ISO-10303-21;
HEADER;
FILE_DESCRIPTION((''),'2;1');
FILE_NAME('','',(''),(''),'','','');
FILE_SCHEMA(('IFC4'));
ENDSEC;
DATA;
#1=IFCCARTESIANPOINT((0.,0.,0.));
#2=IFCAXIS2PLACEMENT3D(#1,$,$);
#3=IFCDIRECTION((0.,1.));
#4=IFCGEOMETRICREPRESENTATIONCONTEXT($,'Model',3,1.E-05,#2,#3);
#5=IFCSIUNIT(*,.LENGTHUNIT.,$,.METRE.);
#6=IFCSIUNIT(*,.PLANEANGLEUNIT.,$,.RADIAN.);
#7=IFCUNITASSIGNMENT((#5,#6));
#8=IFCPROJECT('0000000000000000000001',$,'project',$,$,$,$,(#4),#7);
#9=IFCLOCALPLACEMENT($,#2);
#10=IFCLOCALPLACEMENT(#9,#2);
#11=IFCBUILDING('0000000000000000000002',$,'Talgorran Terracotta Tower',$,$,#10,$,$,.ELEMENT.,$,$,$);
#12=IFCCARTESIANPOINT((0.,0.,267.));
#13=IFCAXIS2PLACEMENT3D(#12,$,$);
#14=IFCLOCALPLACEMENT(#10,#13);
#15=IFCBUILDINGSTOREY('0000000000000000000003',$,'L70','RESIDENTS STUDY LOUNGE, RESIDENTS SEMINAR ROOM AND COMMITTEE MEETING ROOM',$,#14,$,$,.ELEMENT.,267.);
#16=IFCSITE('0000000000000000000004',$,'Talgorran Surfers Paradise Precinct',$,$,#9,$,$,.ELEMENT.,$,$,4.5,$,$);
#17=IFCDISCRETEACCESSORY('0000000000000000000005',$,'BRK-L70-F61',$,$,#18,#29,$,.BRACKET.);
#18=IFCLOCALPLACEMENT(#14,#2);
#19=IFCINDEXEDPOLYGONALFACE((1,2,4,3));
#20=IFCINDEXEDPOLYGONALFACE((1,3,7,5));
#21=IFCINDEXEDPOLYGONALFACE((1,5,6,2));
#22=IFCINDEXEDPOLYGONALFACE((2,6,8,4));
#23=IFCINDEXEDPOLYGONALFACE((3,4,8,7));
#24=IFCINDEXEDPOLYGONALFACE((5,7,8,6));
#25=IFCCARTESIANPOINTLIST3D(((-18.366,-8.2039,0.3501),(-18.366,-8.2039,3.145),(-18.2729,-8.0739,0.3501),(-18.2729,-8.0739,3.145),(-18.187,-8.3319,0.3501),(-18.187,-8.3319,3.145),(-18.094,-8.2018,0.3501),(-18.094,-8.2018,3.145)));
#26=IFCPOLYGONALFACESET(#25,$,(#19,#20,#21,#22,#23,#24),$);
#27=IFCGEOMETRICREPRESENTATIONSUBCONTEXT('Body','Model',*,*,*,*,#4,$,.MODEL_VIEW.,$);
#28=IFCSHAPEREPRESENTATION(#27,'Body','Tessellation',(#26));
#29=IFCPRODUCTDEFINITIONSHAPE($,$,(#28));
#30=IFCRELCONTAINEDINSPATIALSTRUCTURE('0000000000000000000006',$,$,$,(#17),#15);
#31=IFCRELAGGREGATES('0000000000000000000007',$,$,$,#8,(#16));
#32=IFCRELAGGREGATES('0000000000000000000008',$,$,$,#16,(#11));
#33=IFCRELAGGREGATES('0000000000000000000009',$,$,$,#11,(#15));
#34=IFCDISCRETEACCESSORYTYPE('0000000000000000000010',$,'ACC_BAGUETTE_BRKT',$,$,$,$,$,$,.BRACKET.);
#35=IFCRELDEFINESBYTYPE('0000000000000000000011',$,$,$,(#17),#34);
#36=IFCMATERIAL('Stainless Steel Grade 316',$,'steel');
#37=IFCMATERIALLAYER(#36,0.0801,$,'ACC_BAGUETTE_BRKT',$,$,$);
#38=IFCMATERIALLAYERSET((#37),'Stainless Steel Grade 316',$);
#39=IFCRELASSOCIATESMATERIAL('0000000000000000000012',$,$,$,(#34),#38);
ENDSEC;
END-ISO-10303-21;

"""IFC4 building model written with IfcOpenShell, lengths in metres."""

from ifc_helpers import new_model, si_unit, direction, frame, origin, origin_2d, place, context, subcontext, project, spatial, rectangle, extrude, source, transform, mapped, material, layer, layer_set, type_object, type_shapes, element, save


model = new_model("IFC4")

# Units and contexts
model_context = context("Model", 3, precision=1e-05, world=origin(), true_north=direction((0.0, 1.0)))
body_context = subcontext(model_context, "Body", "Model", "MODEL_VIEW")
ifc_project = project(units=[si_unit("LENGTHUNIT", "METRE"), si_unit("PLANEANGLEUNIT", "RADIAN")], contexts=[model_context])

# Site, building, storey
site_placement = place(None, origin())
site = spatial("IfcSite", under=ifc_project, at=site_placement, Name="Talgorran Surfers Paradise Precinct", CompositionType="ELEMENT", RefElevation=4.5)
building_placement = place(site_placement, origin())
building = spatial("IfcBuilding", under=site, at=building_placement, Name="Talgorran Terracotta Tower", CompositionType="ELEMENT")
storey_placement = place(building_placement, frame((0.0, 0.0, 267.0)))
storey = spatial("IfcBuildingStorey", under=building, at=storey_placement, Name="L70", Description="RESIDENTS STUDY LOUNGE, RESIDENTS SEMINAR ROOM AND COMMITTEE MEETING ROOM", CompositionType="ELEMENT", Elevation=267.0)

# Discrete accessory
ifc_material_1 = material(Name="Stainless Steel Grade 316", Category="steel")
ifc_layer_1 = layer(ifc_material_1, 0.0801, Name="ACC_BAGUETTE_BRKT")
ifc_layer_set_1 = layer_set([ifc_layer_1], Name="Stainless Steel Grade 316")
discrete_accessory_type = type_object("IfcDiscreteAccessoryType", Name="ACC_BAGUETTE_BRKT", PredefinedType="BRACKET", material=ifc_layer_set_1)
shared_shape_1 = source(origin(), body_context, "Body", "SweptSolid", [
    extrude(rectangle(XDim=0.1599, YDim=0.22, at=origin_2d()), origin(), (0.0, 0.0, 1.0), 2.7949),
])
type_shapes(discrete_accessory_type, [shared_shape_1])
discrete_accessory_placement = place(storey_placement, frame((-18.23, -8.2029, 0.3501), z_axis=(0.0, 0.0, 1.0), x_axis=(-0.581726, -0.813385, 0.0)))
element("IfcDiscreteAccessory", 1, at=discrete_accessory_placement, inside=storey, type_object=discrete_accessory_type, Name="BRK-L70-F61", PredefinedType="BRACKET", context=body_context, shape_type="MappedRepresentation", body=[
    mapped(shared_shape_1, transform((0.0, 0.0, 0.0), scale=1.0)),
])

save(model, "model.ifc")
